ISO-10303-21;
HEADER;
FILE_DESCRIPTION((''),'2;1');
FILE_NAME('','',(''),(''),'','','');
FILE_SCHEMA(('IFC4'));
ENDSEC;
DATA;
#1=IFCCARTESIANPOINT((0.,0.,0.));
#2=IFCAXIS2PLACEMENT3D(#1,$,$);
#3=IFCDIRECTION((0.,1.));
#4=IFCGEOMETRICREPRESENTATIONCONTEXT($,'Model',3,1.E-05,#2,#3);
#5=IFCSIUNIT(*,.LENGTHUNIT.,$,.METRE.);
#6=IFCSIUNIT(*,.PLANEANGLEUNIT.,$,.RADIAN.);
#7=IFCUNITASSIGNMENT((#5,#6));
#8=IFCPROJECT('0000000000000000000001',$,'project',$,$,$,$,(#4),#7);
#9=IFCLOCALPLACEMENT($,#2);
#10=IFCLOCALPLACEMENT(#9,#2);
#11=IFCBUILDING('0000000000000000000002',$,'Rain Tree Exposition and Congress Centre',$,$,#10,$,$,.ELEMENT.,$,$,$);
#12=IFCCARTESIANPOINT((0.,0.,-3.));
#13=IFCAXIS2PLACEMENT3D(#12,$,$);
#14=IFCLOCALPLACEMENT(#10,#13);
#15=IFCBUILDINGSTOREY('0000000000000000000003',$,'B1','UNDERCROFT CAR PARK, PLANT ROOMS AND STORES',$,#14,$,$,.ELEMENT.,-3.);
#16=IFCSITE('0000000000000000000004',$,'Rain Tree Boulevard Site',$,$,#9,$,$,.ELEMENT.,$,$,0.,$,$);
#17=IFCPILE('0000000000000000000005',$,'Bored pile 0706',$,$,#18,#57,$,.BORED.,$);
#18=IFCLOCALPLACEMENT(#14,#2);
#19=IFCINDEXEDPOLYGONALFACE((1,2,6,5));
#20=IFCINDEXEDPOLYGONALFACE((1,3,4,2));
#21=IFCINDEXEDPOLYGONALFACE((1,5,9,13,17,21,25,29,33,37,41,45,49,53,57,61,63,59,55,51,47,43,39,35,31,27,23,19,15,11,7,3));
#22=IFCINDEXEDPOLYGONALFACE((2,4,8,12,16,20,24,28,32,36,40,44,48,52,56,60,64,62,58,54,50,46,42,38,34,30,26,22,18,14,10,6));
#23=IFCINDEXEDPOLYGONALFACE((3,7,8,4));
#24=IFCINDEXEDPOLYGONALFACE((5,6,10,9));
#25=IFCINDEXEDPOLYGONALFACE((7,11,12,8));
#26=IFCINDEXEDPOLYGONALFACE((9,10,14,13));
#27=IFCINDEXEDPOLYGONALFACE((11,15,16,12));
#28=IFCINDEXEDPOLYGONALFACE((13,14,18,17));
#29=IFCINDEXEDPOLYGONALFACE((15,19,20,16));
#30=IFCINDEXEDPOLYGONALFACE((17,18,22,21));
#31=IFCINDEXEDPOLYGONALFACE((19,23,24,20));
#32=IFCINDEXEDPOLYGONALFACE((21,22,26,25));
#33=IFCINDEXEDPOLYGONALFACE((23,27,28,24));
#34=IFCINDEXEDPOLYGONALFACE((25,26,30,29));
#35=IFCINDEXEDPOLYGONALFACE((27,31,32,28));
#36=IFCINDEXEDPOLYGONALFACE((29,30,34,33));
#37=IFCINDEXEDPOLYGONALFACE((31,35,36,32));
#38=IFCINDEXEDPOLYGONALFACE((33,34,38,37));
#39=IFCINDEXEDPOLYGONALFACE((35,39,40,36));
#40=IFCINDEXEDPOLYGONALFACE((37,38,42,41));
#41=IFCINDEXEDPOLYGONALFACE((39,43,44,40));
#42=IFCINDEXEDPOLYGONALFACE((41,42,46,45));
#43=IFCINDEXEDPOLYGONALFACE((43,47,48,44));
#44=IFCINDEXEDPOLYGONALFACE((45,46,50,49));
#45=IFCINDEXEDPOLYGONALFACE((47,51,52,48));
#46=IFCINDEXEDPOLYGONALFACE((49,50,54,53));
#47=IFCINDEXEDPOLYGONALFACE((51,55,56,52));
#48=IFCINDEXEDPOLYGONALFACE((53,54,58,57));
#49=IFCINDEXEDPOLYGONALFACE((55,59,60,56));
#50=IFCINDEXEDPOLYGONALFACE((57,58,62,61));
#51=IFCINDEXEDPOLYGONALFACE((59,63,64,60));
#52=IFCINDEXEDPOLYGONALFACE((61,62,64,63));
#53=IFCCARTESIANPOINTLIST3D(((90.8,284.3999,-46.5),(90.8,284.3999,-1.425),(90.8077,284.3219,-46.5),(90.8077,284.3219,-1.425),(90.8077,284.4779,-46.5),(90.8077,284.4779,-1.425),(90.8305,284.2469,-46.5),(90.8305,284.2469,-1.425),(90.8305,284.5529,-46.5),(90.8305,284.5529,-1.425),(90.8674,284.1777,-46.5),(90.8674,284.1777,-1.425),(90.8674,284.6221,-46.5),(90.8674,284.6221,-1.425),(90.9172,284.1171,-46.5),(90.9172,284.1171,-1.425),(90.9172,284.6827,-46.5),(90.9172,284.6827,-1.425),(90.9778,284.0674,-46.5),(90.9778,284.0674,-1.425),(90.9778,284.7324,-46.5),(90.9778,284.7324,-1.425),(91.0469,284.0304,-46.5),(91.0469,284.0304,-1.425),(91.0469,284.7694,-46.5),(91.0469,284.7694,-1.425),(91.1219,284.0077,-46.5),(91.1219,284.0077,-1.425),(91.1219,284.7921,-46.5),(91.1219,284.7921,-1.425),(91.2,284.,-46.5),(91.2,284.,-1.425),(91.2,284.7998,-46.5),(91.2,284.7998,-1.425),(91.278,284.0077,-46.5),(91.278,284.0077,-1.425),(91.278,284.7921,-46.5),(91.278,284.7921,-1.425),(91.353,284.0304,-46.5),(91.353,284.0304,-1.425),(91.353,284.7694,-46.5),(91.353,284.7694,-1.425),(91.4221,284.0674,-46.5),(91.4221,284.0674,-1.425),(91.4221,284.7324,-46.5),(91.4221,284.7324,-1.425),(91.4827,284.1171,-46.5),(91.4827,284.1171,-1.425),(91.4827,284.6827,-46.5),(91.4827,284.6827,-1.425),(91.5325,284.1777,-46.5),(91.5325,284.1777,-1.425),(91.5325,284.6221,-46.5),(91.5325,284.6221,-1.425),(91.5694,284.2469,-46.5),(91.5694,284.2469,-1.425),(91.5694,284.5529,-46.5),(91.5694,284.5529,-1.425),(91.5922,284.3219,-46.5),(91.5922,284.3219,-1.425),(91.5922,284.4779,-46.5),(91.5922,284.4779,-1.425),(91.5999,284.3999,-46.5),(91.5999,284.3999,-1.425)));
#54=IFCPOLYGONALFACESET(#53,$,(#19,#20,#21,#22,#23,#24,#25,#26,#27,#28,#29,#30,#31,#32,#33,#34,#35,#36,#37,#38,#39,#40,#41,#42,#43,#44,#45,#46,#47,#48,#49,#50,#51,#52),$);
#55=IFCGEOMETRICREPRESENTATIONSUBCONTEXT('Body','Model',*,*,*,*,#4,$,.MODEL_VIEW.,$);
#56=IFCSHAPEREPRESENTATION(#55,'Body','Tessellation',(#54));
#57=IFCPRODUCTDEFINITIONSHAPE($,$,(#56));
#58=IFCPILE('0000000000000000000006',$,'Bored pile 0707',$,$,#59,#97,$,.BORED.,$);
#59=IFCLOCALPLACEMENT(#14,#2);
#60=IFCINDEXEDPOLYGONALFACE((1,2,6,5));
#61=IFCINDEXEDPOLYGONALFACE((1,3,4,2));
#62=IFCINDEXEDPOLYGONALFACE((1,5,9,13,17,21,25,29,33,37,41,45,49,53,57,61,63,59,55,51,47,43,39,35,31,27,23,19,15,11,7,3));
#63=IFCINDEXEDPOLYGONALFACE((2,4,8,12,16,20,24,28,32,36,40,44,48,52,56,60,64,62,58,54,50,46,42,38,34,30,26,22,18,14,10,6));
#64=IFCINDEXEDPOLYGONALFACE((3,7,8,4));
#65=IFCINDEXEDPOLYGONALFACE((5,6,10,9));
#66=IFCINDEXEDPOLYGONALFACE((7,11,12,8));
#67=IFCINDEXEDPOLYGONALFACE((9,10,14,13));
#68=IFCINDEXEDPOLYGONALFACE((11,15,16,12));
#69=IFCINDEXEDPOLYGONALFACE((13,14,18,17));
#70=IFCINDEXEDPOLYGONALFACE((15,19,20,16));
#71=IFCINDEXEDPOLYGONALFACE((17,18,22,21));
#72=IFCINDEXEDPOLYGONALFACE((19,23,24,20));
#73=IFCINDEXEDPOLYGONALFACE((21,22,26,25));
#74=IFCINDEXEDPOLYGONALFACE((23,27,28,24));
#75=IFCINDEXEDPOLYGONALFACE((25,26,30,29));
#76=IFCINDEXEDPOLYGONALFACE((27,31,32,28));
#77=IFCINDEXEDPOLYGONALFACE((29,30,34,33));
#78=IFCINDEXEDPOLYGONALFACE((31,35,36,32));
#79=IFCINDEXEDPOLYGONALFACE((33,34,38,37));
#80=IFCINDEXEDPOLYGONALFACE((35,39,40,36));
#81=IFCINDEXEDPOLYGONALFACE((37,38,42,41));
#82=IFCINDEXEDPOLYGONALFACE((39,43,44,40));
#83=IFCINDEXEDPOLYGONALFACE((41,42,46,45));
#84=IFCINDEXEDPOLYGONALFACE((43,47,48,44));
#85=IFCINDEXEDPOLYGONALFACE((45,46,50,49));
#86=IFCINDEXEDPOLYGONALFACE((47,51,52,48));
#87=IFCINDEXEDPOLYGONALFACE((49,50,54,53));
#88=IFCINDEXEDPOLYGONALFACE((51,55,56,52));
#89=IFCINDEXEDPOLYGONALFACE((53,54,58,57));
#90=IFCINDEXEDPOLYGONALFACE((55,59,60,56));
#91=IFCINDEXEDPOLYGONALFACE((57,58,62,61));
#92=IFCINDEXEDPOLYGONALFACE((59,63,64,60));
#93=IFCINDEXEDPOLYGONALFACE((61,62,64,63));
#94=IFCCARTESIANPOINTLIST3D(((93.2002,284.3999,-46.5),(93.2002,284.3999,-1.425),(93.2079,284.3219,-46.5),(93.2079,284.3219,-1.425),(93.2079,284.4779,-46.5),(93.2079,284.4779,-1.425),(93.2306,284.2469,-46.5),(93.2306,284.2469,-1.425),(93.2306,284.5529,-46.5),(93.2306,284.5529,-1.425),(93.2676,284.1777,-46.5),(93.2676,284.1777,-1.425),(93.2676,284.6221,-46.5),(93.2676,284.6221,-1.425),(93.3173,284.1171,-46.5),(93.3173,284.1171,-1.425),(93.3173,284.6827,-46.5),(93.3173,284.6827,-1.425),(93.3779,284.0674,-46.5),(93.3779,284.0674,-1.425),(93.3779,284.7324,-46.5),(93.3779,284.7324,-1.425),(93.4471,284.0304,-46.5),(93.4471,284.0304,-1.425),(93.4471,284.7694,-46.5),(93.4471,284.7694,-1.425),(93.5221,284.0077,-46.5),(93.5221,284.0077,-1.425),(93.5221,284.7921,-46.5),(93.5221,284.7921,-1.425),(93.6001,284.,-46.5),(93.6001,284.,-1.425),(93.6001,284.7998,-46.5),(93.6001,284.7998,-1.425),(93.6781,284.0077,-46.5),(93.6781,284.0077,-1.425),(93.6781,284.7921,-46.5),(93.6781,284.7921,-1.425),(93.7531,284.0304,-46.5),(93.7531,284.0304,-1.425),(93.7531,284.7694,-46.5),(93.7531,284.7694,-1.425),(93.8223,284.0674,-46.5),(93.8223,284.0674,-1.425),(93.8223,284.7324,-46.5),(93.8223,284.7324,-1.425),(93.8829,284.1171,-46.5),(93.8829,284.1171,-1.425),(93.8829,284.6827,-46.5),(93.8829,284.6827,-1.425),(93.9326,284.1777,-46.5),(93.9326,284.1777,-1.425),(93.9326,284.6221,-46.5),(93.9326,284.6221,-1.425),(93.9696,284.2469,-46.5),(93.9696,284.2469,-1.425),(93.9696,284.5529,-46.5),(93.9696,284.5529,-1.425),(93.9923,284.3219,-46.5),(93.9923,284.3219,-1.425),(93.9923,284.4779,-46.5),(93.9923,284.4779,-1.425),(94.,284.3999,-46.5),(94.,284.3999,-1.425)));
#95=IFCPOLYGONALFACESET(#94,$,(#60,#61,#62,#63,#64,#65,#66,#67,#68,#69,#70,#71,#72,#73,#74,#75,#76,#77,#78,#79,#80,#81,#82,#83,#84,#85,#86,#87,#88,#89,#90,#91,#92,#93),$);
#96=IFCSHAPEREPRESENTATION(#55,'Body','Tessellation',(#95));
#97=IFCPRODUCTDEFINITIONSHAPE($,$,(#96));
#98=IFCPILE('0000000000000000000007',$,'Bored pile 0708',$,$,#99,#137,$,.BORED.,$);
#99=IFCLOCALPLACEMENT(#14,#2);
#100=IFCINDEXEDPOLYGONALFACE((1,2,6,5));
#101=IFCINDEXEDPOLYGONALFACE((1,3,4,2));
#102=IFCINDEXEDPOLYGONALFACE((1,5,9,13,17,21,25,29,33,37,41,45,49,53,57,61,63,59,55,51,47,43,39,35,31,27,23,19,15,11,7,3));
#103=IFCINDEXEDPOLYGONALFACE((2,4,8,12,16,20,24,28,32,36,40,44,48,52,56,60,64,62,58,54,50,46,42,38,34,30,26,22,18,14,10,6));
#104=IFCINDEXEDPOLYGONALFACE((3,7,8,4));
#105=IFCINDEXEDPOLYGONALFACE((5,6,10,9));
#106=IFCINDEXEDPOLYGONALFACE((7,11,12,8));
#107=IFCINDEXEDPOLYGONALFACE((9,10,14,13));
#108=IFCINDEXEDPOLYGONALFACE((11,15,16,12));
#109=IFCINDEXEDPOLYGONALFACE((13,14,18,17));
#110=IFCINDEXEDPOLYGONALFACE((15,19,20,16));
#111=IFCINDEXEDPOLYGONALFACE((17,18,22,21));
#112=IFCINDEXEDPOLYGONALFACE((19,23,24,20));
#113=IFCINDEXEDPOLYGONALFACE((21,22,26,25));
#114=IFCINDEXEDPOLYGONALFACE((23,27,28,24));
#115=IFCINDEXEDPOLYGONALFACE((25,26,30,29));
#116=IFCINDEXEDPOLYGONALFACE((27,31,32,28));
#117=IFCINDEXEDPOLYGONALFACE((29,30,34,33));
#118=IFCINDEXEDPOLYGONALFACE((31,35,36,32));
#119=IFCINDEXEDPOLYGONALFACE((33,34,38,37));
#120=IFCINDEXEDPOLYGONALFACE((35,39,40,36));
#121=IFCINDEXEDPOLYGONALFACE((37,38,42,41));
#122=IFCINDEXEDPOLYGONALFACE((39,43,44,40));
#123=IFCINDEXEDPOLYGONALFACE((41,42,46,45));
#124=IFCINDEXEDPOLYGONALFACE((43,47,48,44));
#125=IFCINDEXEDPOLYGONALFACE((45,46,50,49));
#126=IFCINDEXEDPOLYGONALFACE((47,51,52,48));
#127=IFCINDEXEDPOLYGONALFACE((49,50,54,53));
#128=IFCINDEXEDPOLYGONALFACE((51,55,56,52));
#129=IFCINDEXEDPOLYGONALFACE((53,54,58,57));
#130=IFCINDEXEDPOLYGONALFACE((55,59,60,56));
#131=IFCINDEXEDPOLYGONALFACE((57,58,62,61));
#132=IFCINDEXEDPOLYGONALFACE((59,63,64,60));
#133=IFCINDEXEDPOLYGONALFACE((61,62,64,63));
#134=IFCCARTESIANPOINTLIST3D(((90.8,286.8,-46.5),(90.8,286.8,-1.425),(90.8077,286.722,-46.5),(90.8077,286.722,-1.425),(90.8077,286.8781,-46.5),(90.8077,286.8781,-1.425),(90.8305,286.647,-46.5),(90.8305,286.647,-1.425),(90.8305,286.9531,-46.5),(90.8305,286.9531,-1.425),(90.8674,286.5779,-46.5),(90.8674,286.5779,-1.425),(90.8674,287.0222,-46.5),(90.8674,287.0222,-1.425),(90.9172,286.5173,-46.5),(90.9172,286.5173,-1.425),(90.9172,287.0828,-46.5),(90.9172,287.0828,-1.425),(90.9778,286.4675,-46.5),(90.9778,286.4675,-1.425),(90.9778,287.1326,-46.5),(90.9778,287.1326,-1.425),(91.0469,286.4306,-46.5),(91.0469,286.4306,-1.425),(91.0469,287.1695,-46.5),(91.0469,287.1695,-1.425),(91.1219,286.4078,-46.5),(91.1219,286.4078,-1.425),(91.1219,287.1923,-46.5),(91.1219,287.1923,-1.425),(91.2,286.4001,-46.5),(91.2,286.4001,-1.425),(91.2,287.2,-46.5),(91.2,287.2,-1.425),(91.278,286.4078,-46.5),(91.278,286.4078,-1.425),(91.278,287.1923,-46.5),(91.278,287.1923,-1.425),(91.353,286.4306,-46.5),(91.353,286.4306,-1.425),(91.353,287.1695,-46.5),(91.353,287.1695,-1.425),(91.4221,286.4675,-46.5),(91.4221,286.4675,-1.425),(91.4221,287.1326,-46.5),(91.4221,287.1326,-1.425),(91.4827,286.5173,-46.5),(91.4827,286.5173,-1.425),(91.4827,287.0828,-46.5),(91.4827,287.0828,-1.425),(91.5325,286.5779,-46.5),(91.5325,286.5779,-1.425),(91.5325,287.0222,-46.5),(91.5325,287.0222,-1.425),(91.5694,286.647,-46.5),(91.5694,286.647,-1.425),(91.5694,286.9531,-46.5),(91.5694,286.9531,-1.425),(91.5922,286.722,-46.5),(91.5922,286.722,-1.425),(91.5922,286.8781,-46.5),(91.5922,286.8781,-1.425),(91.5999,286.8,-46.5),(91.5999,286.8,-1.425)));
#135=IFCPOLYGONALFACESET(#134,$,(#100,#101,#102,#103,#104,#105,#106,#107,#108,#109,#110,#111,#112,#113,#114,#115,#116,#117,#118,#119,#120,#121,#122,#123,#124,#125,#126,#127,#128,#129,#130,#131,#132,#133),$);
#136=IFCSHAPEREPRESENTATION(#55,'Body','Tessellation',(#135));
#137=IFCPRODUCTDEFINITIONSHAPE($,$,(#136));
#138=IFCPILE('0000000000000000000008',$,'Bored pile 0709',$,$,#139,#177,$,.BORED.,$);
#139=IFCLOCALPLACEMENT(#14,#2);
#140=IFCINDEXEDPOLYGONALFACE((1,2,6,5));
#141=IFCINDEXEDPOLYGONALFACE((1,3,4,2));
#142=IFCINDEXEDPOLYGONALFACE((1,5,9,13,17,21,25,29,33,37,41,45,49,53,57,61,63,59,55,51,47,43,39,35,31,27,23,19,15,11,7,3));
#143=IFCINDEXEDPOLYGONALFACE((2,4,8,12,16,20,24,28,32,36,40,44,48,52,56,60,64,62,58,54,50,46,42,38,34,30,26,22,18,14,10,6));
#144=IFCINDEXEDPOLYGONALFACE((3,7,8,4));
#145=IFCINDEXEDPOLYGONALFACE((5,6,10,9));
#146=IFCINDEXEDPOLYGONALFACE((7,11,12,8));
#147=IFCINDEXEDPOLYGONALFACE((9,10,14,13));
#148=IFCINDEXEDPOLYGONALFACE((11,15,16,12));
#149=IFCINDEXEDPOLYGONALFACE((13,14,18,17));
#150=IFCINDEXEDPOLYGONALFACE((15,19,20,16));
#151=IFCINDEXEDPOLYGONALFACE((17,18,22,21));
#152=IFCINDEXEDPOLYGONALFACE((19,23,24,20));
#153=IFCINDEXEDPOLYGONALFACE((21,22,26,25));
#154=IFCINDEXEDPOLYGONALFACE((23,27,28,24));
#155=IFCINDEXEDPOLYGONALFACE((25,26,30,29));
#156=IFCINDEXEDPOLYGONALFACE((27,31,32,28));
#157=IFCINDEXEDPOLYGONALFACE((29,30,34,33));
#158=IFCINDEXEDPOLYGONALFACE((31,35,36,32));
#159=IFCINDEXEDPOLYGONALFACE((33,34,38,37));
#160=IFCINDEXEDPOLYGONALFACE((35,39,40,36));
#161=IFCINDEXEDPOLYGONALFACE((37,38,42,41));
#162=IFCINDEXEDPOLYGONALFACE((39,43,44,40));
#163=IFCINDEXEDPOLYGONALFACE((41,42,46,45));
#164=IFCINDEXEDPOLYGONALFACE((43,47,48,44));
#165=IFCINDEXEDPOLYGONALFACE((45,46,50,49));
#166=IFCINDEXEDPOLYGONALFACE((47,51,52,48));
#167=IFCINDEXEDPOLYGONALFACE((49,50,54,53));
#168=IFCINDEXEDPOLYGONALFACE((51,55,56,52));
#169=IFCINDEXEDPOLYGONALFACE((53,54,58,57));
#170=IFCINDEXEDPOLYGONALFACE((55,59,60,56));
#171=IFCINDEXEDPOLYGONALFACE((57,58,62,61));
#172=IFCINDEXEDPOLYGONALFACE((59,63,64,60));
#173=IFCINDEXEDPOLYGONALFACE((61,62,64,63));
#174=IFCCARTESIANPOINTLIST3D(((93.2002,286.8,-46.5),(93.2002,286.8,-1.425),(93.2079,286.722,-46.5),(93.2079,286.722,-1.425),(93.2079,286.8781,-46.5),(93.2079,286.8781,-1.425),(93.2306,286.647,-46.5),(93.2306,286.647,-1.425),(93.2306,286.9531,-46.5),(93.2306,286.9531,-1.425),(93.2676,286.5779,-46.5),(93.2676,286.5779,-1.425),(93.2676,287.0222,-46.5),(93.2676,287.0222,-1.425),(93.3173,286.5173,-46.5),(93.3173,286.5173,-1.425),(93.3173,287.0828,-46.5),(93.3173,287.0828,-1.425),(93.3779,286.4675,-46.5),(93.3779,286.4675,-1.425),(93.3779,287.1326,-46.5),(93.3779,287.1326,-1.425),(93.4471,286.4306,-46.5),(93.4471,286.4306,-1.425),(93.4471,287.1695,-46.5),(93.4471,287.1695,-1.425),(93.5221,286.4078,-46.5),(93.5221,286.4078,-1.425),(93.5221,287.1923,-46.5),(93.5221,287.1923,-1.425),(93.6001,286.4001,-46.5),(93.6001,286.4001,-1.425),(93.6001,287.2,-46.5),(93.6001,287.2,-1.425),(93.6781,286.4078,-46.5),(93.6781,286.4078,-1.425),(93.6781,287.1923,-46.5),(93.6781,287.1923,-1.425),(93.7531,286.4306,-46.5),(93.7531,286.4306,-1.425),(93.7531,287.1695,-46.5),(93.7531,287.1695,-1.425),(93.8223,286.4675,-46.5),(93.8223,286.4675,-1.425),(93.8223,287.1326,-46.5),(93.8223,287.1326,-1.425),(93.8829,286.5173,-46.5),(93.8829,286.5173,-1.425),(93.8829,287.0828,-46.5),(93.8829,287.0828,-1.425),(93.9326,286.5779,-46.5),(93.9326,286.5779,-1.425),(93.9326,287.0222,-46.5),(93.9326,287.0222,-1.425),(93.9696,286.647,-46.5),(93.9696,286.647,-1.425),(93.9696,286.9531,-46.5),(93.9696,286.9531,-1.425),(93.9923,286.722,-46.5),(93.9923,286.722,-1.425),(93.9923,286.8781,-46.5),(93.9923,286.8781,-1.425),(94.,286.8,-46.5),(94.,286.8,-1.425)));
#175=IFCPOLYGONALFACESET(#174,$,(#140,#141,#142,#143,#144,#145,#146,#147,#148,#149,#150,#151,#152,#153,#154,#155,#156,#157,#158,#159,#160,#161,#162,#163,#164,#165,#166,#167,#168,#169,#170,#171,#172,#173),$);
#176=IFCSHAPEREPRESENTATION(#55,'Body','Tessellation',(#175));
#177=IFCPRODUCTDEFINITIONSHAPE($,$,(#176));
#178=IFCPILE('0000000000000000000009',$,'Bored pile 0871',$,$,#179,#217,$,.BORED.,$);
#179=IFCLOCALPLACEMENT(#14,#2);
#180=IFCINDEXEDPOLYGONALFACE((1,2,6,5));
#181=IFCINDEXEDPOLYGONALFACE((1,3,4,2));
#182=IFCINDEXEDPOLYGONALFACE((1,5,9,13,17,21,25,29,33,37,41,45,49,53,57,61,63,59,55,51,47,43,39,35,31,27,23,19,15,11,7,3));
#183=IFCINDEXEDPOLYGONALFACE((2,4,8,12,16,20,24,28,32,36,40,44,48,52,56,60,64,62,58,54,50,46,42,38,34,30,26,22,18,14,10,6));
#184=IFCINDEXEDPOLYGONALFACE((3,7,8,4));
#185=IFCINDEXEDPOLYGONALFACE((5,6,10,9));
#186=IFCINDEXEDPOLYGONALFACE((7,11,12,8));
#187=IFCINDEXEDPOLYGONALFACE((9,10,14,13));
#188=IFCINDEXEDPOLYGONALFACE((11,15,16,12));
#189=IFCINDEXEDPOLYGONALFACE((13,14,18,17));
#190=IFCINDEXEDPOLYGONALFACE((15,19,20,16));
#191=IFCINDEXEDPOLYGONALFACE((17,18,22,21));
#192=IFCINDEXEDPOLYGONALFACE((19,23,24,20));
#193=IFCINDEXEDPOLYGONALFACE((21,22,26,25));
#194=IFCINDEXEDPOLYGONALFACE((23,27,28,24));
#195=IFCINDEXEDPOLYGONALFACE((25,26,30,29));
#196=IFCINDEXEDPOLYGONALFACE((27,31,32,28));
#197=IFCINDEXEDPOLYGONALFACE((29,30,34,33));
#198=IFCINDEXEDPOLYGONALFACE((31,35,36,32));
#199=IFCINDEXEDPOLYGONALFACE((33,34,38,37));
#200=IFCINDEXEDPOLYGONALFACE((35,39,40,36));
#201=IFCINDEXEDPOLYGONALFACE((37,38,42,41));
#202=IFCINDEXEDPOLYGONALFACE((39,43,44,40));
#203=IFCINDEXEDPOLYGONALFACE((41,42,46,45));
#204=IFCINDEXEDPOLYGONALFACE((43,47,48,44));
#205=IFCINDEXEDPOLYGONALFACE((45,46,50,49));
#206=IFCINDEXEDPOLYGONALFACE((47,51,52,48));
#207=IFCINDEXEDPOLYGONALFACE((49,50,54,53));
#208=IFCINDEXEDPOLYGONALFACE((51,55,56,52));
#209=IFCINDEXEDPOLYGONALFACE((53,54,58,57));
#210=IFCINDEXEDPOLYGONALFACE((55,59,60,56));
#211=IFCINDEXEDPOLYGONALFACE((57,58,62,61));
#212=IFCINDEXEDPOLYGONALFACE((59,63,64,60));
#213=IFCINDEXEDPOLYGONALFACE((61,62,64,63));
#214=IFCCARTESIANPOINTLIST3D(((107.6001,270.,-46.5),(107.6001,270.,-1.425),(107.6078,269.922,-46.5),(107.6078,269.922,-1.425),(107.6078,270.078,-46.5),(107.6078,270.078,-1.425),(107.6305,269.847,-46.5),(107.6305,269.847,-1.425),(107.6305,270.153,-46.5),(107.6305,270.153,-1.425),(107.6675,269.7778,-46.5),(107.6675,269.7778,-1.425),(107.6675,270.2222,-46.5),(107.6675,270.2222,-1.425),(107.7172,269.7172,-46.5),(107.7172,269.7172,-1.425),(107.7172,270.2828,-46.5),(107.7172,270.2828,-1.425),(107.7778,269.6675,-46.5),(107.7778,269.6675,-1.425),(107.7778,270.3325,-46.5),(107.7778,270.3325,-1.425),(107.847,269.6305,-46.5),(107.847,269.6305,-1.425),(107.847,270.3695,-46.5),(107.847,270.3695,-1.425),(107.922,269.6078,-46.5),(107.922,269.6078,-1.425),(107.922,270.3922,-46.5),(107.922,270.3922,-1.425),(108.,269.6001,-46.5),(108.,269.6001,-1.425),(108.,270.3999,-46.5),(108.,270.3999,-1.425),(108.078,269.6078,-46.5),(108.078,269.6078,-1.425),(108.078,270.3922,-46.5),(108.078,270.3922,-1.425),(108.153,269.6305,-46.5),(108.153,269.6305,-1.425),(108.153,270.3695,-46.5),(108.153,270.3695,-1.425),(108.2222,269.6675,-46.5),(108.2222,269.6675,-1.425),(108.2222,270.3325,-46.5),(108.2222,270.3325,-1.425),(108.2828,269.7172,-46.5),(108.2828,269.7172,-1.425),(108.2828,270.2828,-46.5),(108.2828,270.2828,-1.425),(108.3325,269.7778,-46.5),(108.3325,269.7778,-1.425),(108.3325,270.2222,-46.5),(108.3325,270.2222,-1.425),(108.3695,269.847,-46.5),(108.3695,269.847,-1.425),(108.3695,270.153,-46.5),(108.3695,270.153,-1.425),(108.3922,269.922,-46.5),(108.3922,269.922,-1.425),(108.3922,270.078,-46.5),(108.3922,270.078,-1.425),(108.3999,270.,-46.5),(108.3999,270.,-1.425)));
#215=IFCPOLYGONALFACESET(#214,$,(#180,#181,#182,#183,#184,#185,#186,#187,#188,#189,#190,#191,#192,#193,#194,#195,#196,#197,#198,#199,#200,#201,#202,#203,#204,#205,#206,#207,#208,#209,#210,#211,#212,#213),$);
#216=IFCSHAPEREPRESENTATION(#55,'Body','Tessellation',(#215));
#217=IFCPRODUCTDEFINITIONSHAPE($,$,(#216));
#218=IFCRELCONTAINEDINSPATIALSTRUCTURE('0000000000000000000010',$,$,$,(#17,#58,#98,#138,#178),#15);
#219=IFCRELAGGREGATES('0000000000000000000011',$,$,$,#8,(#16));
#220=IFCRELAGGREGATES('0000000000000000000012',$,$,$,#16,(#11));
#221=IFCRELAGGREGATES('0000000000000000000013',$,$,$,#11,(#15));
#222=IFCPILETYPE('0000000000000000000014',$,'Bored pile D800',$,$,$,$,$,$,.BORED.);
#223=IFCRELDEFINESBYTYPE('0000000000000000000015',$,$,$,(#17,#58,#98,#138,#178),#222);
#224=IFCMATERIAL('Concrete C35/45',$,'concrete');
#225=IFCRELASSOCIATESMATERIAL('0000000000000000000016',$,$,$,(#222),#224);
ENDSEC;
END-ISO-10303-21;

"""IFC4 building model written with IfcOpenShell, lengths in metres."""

from ifc_helpers import new_model, si_unit, direction, frame, origin, origin_2d, place, context, subcontext, project, spatial, circle, extrude, material, material_profile, profile_set, type_object, element, save


model = new_model("IFC4")

# Units and contexts
model_context = context("Model", 3, precision=1e-05, world=origin(), true_north=direction((0.0, 1.0)))
body_context = subcontext(model_context, "Body", "Model", "MODEL_VIEW")
ifc_project = project(units=[si_unit("LENGTHUNIT", "METRE"), si_unit("PLANEANGLEUNIT", "RADIAN")], contexts=[model_context])

# Site, building, storey
site_placement = place(None, origin())
site = spatial("IfcSite", under=ifc_project, at=site_placement, Name="Rain Tree Boulevard Site", CompositionType="ELEMENT", RefElevation=0.0)
building_placement = place(site_placement, origin())
building = spatial("IfcBuilding", under=site, at=building_placement, Name="Rain Tree Exposition and Congress Centre", CompositionType="ELEMENT")
storey_placement = place(building_placement, frame((0.0, 0.0, -3.0)))
storey = spatial("IfcBuildingStorey", under=building, at=storey_placement, Name="B1", Description="UNDERCROFT CAR PARK, PLANT ROOMS AND STORES", CompositionType="ELEMENT", Elevation=-3.0)

# Piles
ifc_material_1 = material(Name="Concrete C35/45", Category="concrete")
ifc_material_profile_1 = material_profile(ifc_material_1, circle(Radius=0.3999, at=origin_2d()), Name="D800")
ifc_profile_set_1 = profile_set([ifc_material_profile_1], Name="Concrete C35/45")
pile_type_1 = type_object("IfcPileType", Name="Bored pile D800", PredefinedType="BORED", material=ifc_profile_set_1)
for number, where, z_axis, x_axis, name in (
    (1, (91.2, 284.3999, -1.425), (0.0, 0.0, -1.0), (1.0, 0.0, 0.0), "Bored pile 0706"),
    (2, (93.6001, 284.3999, -1.425), (0.0, 0.0, -1.0), (1.0, 0.0, 0.0), "Bored pile 0707"),
    (3, (91.2, 286.8, -1.425), (0.0, 0.0, -1.0), (1.0, 0.0, 0.0), "Bored pile 0708"),
    (4, (93.6001, 286.8, -1.425), (0.0, 0.0, -1.0), (1.0, 0.0, 0.0), "Bored pile 0709"),
    (5, (108.0, 270.0, -1.425), (0.0, 0.0, -1.0), (1.0, 0.0, 0.0), "Bored pile 0871"),
):
    element("IfcPile", number, at=place(storey_placement, frame(where, z_axis=z_axis, x_axis=x_axis)), inside=storey, type_object=pile_type_1, Name=name, PredefinedType="BORED", context=body_context, shape_type="SweptSolid", body=[
        extrude(circle(Radius=0.3999, at=origin_2d()), origin(), (0.0, 0.0, 1.0), 45.075),
    ])

save(model, "model.ifc")
